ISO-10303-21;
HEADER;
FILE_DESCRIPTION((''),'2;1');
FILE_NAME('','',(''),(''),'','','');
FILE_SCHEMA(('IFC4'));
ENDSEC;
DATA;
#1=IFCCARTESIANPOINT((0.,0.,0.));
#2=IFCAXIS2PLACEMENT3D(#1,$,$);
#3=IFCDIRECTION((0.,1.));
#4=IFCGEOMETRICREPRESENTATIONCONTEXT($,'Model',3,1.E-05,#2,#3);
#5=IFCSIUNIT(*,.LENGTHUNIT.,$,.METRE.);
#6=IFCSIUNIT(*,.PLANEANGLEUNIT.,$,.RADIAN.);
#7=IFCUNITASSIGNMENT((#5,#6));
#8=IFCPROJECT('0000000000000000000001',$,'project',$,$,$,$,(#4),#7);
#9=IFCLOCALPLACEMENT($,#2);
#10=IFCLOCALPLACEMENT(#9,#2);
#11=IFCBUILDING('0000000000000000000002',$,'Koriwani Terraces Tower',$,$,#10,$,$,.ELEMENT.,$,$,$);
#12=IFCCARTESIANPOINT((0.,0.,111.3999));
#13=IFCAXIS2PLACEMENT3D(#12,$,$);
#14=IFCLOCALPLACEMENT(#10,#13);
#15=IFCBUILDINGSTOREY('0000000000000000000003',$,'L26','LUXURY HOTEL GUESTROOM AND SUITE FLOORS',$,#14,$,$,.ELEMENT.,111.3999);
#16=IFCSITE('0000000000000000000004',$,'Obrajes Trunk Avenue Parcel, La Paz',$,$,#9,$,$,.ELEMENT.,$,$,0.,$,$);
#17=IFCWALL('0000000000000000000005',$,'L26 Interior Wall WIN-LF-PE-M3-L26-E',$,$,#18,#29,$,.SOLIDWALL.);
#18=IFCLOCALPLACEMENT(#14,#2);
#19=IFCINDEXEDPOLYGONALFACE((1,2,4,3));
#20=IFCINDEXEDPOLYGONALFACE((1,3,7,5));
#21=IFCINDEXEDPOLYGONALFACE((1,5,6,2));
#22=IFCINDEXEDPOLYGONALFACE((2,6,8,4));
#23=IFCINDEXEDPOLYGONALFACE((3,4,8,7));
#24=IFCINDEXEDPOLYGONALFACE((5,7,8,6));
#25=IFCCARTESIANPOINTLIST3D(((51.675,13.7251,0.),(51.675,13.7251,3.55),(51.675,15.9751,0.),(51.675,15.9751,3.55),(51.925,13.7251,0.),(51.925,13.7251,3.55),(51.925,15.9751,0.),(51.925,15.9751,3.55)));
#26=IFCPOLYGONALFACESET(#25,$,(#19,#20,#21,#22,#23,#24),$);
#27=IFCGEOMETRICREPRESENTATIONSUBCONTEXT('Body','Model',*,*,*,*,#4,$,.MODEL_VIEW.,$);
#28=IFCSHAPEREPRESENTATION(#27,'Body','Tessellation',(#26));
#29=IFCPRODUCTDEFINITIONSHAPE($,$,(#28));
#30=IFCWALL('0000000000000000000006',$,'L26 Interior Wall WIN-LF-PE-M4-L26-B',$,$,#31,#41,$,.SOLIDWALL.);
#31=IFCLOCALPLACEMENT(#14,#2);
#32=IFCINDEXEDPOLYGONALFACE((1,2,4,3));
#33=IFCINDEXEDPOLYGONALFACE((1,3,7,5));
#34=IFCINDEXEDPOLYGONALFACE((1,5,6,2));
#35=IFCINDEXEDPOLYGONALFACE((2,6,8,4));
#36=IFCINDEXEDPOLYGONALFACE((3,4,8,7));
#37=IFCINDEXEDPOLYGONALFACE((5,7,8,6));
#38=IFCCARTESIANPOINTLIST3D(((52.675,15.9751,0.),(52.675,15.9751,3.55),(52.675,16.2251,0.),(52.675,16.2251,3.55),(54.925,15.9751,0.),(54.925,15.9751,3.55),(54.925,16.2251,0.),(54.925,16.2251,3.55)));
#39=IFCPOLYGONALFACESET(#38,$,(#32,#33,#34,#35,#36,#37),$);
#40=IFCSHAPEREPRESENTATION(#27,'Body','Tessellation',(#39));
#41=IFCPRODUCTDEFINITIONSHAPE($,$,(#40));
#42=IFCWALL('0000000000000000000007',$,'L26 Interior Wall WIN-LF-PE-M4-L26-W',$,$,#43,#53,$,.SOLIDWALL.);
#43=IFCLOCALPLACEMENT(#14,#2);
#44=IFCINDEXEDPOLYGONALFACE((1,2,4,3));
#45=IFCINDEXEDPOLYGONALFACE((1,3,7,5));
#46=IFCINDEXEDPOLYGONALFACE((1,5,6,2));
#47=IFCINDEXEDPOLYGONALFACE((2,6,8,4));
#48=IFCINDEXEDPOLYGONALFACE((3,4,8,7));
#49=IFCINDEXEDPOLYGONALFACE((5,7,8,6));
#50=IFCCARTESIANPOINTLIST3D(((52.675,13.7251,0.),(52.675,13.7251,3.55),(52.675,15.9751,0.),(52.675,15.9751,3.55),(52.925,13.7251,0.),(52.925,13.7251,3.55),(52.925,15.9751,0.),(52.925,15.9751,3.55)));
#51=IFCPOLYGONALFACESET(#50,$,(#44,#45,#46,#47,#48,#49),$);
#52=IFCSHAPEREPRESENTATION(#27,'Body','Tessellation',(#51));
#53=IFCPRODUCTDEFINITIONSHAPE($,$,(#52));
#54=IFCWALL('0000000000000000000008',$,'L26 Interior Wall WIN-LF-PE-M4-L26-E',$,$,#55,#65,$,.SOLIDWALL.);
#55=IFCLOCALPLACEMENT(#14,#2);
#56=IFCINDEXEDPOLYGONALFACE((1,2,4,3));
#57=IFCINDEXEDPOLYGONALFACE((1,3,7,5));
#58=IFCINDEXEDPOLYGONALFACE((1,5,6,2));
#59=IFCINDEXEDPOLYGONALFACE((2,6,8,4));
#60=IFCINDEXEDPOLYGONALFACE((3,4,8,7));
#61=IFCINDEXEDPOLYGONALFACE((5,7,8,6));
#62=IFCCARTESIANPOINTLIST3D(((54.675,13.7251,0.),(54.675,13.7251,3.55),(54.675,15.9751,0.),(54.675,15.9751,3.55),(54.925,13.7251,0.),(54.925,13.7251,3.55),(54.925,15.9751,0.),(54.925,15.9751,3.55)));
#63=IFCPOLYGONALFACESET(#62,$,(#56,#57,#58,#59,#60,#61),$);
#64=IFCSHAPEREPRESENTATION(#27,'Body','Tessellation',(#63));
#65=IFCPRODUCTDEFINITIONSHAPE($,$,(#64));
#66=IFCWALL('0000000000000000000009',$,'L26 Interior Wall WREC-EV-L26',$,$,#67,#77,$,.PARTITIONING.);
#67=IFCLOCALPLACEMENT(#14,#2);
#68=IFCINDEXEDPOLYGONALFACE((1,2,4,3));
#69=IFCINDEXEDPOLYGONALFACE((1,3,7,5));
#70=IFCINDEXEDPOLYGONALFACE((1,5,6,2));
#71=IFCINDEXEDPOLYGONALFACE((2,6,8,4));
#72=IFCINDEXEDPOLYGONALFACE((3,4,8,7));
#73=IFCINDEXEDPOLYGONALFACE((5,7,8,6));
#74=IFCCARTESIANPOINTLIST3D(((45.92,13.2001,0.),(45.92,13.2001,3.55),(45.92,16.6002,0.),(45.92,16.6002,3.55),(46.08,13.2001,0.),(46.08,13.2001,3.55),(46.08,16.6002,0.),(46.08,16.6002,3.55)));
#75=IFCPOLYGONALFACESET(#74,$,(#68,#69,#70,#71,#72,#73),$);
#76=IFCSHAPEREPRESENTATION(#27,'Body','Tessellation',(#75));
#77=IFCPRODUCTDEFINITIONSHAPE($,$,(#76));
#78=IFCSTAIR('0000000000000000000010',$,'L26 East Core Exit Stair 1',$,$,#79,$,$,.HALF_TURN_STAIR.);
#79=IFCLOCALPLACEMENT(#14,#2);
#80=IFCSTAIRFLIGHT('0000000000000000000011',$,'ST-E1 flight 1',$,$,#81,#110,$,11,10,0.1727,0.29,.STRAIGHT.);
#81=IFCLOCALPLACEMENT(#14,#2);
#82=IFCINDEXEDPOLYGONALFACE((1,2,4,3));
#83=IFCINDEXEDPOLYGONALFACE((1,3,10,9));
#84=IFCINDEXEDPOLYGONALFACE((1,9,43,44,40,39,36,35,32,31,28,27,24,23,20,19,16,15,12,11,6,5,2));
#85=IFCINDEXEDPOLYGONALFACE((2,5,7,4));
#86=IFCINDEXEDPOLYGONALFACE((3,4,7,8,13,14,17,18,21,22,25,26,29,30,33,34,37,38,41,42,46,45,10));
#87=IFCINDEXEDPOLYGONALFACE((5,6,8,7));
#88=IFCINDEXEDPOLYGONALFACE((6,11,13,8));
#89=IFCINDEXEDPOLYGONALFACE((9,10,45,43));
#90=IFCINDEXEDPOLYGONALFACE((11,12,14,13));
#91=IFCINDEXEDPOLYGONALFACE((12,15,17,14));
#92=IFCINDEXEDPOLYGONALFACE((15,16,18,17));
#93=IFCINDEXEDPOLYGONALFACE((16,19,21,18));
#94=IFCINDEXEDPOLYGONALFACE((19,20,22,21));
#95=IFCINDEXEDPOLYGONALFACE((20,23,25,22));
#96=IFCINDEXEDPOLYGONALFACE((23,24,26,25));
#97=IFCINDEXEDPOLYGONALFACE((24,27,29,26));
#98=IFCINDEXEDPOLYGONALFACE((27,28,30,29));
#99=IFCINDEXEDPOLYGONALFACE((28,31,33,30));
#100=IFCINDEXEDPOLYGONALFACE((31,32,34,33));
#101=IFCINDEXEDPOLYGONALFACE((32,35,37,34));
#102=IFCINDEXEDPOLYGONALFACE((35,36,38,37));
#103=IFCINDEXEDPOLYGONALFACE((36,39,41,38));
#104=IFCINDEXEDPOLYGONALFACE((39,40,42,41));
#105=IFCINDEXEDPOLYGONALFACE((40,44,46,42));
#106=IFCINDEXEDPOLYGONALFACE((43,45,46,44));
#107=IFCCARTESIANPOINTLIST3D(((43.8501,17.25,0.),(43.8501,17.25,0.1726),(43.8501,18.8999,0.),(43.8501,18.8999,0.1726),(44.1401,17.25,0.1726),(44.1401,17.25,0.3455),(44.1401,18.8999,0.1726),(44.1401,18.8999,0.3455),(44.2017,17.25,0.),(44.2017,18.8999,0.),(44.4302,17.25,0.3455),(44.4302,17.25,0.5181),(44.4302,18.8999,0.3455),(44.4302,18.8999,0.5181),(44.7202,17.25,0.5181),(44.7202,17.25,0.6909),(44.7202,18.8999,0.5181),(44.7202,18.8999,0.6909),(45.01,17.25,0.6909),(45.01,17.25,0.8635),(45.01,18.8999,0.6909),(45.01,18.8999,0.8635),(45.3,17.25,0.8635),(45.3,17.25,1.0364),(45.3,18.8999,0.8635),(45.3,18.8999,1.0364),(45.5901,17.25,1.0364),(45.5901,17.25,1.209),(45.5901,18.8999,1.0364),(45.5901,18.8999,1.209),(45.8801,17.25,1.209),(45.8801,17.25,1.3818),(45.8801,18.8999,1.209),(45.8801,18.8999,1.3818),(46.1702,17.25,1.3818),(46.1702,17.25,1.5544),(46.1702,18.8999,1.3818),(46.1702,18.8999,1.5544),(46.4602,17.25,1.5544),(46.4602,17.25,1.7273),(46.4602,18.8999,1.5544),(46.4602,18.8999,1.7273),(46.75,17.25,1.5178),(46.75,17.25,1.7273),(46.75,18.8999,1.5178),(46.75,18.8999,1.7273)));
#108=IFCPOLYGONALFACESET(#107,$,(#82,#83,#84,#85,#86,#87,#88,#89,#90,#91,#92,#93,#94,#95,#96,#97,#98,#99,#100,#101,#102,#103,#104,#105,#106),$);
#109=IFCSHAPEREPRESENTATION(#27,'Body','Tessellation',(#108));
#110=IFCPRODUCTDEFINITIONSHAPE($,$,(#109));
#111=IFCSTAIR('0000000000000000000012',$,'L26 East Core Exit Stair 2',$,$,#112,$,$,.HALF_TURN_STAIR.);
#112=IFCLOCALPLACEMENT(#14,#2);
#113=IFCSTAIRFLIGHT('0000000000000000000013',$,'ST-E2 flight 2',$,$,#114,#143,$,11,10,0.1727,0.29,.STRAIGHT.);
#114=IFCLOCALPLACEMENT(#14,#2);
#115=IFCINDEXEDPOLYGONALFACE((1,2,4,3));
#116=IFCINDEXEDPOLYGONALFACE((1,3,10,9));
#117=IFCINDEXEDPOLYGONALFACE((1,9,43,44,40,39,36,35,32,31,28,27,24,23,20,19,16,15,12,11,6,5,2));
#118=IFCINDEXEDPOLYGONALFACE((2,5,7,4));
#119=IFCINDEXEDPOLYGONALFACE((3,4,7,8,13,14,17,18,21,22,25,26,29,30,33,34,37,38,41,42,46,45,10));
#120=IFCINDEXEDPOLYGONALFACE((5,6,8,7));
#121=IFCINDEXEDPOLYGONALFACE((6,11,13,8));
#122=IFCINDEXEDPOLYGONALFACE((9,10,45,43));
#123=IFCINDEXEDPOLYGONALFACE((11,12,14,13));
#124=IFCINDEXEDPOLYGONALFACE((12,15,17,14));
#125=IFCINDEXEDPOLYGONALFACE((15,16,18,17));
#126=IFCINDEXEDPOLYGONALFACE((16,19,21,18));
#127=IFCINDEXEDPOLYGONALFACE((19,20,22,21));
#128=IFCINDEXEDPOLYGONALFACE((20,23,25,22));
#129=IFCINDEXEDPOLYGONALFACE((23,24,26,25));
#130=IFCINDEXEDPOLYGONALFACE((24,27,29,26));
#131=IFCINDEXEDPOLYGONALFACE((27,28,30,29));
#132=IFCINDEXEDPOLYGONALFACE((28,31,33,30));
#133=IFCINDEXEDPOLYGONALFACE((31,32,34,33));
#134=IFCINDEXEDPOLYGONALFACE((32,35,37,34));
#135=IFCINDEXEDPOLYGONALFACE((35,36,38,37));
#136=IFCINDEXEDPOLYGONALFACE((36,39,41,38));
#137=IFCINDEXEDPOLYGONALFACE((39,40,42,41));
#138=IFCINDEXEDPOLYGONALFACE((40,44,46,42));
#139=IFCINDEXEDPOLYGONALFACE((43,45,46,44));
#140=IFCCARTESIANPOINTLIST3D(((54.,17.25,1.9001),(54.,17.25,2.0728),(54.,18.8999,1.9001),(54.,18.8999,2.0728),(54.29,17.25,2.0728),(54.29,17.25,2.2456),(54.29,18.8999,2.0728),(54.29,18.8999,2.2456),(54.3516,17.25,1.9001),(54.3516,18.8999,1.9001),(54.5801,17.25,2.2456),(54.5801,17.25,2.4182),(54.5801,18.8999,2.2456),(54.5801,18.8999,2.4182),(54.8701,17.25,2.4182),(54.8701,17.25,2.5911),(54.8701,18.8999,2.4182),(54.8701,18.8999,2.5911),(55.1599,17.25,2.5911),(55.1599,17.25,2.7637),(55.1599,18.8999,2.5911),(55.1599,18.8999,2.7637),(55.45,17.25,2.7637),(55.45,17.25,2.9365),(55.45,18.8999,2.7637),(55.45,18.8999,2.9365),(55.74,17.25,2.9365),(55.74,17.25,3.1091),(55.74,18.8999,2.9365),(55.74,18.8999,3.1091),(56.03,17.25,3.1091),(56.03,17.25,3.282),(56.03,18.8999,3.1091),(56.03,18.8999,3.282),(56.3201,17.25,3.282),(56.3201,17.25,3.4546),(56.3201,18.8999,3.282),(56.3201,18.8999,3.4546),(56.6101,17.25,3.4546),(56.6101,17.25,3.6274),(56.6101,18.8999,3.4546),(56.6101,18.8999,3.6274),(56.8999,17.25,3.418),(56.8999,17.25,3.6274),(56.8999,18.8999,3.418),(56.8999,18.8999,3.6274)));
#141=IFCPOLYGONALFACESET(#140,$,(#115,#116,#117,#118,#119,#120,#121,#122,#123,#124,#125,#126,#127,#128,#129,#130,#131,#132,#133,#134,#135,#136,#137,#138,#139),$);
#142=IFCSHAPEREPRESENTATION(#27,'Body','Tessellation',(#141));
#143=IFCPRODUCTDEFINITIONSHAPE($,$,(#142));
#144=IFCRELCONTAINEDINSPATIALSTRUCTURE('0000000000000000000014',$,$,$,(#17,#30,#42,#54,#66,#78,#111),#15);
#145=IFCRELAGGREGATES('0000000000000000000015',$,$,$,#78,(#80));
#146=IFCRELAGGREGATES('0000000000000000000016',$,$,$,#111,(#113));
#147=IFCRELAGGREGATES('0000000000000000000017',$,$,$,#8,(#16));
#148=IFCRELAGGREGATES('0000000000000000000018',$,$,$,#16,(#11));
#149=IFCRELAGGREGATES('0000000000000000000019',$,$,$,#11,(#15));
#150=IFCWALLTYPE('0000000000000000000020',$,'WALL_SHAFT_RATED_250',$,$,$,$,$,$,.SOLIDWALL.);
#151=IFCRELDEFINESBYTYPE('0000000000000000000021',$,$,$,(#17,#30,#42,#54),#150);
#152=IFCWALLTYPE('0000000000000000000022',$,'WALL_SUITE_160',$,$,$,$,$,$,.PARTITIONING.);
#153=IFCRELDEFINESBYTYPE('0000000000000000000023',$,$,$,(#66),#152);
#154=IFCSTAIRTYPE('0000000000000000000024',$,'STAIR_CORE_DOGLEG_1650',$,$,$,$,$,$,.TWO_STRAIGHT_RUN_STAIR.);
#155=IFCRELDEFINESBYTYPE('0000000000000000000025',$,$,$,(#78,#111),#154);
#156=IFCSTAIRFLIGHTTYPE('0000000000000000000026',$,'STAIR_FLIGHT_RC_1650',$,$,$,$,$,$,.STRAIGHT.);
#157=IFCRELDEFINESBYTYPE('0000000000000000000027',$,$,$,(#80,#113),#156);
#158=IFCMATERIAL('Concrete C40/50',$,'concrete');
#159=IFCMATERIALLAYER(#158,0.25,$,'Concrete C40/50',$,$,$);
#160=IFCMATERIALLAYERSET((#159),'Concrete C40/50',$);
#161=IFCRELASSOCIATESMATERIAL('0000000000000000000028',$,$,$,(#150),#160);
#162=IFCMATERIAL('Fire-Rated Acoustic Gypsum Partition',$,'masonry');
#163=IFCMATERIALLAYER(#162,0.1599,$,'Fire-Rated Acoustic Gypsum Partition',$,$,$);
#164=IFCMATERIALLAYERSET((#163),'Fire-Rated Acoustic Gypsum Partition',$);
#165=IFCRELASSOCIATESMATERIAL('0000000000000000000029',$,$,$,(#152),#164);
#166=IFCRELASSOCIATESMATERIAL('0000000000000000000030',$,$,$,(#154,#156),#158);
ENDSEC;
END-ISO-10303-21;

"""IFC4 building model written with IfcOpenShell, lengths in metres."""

from ifc_helpers import new_model, si_unit, direction, frame, frame_2d, origin, place, context, subcontext, project, spatial, polyline, rectangle, outline, extrude, material, layer, layer_set, type_object, element, aggregate, save


model = new_model("IFC4")

# Units and contexts
model_context = context("Model", 3, precision=1e-05, world=origin(), true_north=direction((0.0, 1.0)))
body_context = subcontext(model_context, "Body", "Model", "MODEL_VIEW")
ifc_project = project(units=[si_unit("LENGTHUNIT", "METRE"), si_unit("PLANEANGLEUNIT", "RADIAN")], contexts=[model_context])

# Site, building, storey
site_placement = place(None, origin())
site = spatial("IfcSite", under=ifc_project, at=site_placement, Name="Obrajes Trunk Avenue Parcel, La Paz", CompositionType="ELEMENT", RefElevation=0.0)
building_placement = place(site_placement, origin())
building = spatial("IfcBuilding", under=site, at=building_placement, Name="Koriwani Terraces Tower", CompositionType="ELEMENT")
storey_placement = place(building_placement, frame((0.0, 0.0, 111.3999)))
storey = spatial("IfcBuildingStorey", under=building, at=storey_placement, Name="L26", Description="LUXURY HOTEL GUESTROOM AND SUITE FLOORS", CompositionType="ELEMENT", Elevation=111.3999)

# Shared definitions
ifc_material_1 = material(Name="Concrete C40/50", Category="concrete")

# Shared definitions
ifc_layer_1 = layer(ifc_material_1, 0.25, Name="Concrete C40/50")
ifc_layer_set_1 = layer_set([ifc_layer_1], Name="Concrete C40/50")
wall_type_1 = type_object("IfcWallType", Name="WALL_SHAFT_RATED_250", PredefinedType="SOLIDWALL", material=ifc_layer_set_1)

# Wall
for number, where, z_axis, x_axis, name in (
    (1, (51.8, 13.7251, 0.0), (0.0, 0.0, 1.0), (0.0, 1.0, 0.0), "L26 Interior Wall WIN-LF-PE-M3-L26-E"),
):
    element("IfcWall", number, at=place(storey_placement, frame(where, z_axis=z_axis, x_axis=x_axis)), inside=storey, type_object=wall_type_1, Name=name, PredefinedType="SOLIDWALL", context=body_context, shape_type="SweptSolid", body=[
        extrude(rectangle(XDim=2.25, YDim=0.25, at=frame_2d((1.125, 0.0))), origin(), (0.0, 0.0, 1.0), 3.55),
    ])

# Walls
for number, where, z_axis, x_axis, name in (
    (2, (52.675, 16.1001, 0.0), (0.0, 0.0, 1.0), (1.0, 0.0, 0.0), "L26 Interior Wall WIN-LF-PE-M4-L26-B"),
    (3, (52.8, 13.7251, 0.0), (0.0, 0.0, 1.0), (0.0, 1.0, 0.0), "L26 Interior Wall WIN-LF-PE-M4-L26-W"),
    (4, (54.8, 13.7251, 0.0), (0.0, 0.0, 1.0), (0.0, 1.0, 0.0), "L26 Interior Wall WIN-LF-PE-M4-L26-E"),
):
    element("IfcWall", number, at=place(storey_placement, frame(where, z_axis=z_axis, x_axis=x_axis)), inside=storey, type_object=wall_type_1, Name=name, PredefinedType="SOLIDWALL", context=body_context, shape_type="SweptSolid", body=[
        extrude(rectangle(XDim=2.25, YDim=0.25, at=frame_2d((1.125, 0.0))), origin(), (0.0, 0.0, 1.0), 3.55),
    ])
ifc_material_2 = material(Name="Fire-Rated Acoustic Gypsum Partition", Category="masonry")
ifc_layer_2 = layer(ifc_material_2, 0.1599, Name="Fire-Rated Acoustic Gypsum Partition")
ifc_layer_set_2 = layer_set([ifc_layer_2], Name="Fire-Rated Acoustic Gypsum Partition")
wall_type_2 = type_object("IfcWallType", Name="WALL_SUITE_160", PredefinedType="PARTITIONING", material=ifc_layer_set_2)
wall_1_placement = place(storey_placement, frame((46.0, 13.2, 0.0), z_axis=(0.0, 0.0, 1.0), x_axis=(0.0, 1.0, 0.0)))
element("IfcWall", 5, at=wall_1_placement, inside=storey, type_object=wall_type_2, Name="L26 Interior Wall WREC-EV-L26", PredefinedType="PARTITIONING", context=body_context, shape_type="SweptSolid", body=[
    extrude(rectangle(XDim=3.4001, YDim=0.1599, at=frame_2d((1.7002, 0.0))), origin(), (0.0, 0.0, 1.0), 3.55),
])

# Stairs, stair flights
stair_type = type_object("IfcStairType", Name="STAIR_CORE_DOGLEG_1650", PredefinedType="TWO_STRAIGHT_RUN_STAIR", material=ifc_material_1)
stair_1_placement = place(storey_placement, origin())
stair_1 = element("IfcStair", 6, at=stair_1_placement, inside=storey, type_object=stair_type, Name="L26 East Core Exit Stair 1", PredefinedType="HALF_TURN_STAIR")
stair_flight_type = type_object("IfcStairFlightType", Name="STAIR_FLIGHT_RC_1650", PredefinedType="STRAIGHT", material=ifc_material_1)
stair_flight_1_placement = place(storey_placement, frame((43.8501, 18.075, 0.0), z_axis=(0.0, 0.0, 1.0), x_axis=(1.0, 0.0, 0.0)))
stair_flight_1 = element("IfcStairFlight", 7, at=stair_flight_1_placement, type_object=stair_flight_type, Name="ST-E1 flight 1", NumberOfRisers=11, NumberOfTreads=10, PredefinedType="STRAIGHT", RiserHeight=0.1727, TreadLength=0.29, context=body_context, shape_type="SweptSolid", body=[
    extrude(outline(polyline([(0.0, 0.0), (0.0, 0.1726), (0.29, 0.1726), (0.29, 0.3455), (0.5801, 0.3455), (0.5801, 0.5181), (0.8701, 0.5181), (0.8701, 0.6909), (1.1599, 0.6909), (1.1599, 0.8635), (1.45, 0.8635), (1.45, 1.0364), (1.74, 1.0364), (1.74, 1.209), (2.03, 1.209), (2.03, 1.3818), (2.3201, 1.3818), (2.3201, 1.5544), (2.6101, 1.5544), (2.6101, 1.7273), (2.8999, 1.7273), (2.8999, 1.8999), (2.8999, 1.5178), (0.3516, 0.0), (0.0, 0.0)])), frame((0.0, 0.825, 0.0), z_axis=(0.0, -1.0, 0.0), x_axis=(1.0, 0.0, 0.0)), (0.0, 0.0, 1.0), 1.6499),
])
aggregate(stair_1, [stair_flight_1])
stair_2_placement = place(storey_placement, origin())
stair_2 = element("IfcStair", 8, at=stair_2_placement, inside=storey, type_object=stair_type, Name="L26 East Core Exit Stair 2", PredefinedType="HALF_TURN_STAIR")
stair_flight_2_placement = place(storey_placement, frame((54.0, 18.075, 1.9001), z_axis=(0.0, 0.0, 1.0), x_axis=(1.0, 0.0, 0.0)))
stair_flight_2 = element("IfcStairFlight", 9, at=stair_flight_2_placement, type_object=stair_flight_type, Name="ST-E2 flight 2", NumberOfRisers=11, NumberOfTreads=10, PredefinedType="STRAIGHT", RiserHeight=0.1727, TreadLength=0.29, context=body_context, shape_type="SweptSolid", body=[
    extrude(outline(polyline([(0.0, 0.0), (0.0, 0.1726), (0.29, 0.1726), (0.29, 0.3455), (0.5801, 0.3455), (0.5801, 0.5181), (0.8701, 0.5181), (0.8701, 0.6909), (1.1599, 0.6909), (1.1599, 0.8635), (1.45, 0.8635), (1.45, 1.0364), (1.74, 1.0364), (1.74, 1.209), (2.03, 1.209), (2.03, 1.3818), (2.3201, 1.3818), (2.3201, 1.5544), (2.6101, 1.5544), (2.6101, 1.7273), (2.8999, 1.7273), (2.8999, 1.8999), (2.8999, 1.5178), (0.3516, 0.0), (0.0, 0.0)])), frame((0.0, 0.825, 0.0), z_axis=(0.0, -1.0, 0.0), x_axis=(1.0, 0.0, 0.0)), (0.0, 0.0, 1.0), 1.6499),
])
aggregate(stair_2, [stair_flight_2])

save(model, "model.ifc")
